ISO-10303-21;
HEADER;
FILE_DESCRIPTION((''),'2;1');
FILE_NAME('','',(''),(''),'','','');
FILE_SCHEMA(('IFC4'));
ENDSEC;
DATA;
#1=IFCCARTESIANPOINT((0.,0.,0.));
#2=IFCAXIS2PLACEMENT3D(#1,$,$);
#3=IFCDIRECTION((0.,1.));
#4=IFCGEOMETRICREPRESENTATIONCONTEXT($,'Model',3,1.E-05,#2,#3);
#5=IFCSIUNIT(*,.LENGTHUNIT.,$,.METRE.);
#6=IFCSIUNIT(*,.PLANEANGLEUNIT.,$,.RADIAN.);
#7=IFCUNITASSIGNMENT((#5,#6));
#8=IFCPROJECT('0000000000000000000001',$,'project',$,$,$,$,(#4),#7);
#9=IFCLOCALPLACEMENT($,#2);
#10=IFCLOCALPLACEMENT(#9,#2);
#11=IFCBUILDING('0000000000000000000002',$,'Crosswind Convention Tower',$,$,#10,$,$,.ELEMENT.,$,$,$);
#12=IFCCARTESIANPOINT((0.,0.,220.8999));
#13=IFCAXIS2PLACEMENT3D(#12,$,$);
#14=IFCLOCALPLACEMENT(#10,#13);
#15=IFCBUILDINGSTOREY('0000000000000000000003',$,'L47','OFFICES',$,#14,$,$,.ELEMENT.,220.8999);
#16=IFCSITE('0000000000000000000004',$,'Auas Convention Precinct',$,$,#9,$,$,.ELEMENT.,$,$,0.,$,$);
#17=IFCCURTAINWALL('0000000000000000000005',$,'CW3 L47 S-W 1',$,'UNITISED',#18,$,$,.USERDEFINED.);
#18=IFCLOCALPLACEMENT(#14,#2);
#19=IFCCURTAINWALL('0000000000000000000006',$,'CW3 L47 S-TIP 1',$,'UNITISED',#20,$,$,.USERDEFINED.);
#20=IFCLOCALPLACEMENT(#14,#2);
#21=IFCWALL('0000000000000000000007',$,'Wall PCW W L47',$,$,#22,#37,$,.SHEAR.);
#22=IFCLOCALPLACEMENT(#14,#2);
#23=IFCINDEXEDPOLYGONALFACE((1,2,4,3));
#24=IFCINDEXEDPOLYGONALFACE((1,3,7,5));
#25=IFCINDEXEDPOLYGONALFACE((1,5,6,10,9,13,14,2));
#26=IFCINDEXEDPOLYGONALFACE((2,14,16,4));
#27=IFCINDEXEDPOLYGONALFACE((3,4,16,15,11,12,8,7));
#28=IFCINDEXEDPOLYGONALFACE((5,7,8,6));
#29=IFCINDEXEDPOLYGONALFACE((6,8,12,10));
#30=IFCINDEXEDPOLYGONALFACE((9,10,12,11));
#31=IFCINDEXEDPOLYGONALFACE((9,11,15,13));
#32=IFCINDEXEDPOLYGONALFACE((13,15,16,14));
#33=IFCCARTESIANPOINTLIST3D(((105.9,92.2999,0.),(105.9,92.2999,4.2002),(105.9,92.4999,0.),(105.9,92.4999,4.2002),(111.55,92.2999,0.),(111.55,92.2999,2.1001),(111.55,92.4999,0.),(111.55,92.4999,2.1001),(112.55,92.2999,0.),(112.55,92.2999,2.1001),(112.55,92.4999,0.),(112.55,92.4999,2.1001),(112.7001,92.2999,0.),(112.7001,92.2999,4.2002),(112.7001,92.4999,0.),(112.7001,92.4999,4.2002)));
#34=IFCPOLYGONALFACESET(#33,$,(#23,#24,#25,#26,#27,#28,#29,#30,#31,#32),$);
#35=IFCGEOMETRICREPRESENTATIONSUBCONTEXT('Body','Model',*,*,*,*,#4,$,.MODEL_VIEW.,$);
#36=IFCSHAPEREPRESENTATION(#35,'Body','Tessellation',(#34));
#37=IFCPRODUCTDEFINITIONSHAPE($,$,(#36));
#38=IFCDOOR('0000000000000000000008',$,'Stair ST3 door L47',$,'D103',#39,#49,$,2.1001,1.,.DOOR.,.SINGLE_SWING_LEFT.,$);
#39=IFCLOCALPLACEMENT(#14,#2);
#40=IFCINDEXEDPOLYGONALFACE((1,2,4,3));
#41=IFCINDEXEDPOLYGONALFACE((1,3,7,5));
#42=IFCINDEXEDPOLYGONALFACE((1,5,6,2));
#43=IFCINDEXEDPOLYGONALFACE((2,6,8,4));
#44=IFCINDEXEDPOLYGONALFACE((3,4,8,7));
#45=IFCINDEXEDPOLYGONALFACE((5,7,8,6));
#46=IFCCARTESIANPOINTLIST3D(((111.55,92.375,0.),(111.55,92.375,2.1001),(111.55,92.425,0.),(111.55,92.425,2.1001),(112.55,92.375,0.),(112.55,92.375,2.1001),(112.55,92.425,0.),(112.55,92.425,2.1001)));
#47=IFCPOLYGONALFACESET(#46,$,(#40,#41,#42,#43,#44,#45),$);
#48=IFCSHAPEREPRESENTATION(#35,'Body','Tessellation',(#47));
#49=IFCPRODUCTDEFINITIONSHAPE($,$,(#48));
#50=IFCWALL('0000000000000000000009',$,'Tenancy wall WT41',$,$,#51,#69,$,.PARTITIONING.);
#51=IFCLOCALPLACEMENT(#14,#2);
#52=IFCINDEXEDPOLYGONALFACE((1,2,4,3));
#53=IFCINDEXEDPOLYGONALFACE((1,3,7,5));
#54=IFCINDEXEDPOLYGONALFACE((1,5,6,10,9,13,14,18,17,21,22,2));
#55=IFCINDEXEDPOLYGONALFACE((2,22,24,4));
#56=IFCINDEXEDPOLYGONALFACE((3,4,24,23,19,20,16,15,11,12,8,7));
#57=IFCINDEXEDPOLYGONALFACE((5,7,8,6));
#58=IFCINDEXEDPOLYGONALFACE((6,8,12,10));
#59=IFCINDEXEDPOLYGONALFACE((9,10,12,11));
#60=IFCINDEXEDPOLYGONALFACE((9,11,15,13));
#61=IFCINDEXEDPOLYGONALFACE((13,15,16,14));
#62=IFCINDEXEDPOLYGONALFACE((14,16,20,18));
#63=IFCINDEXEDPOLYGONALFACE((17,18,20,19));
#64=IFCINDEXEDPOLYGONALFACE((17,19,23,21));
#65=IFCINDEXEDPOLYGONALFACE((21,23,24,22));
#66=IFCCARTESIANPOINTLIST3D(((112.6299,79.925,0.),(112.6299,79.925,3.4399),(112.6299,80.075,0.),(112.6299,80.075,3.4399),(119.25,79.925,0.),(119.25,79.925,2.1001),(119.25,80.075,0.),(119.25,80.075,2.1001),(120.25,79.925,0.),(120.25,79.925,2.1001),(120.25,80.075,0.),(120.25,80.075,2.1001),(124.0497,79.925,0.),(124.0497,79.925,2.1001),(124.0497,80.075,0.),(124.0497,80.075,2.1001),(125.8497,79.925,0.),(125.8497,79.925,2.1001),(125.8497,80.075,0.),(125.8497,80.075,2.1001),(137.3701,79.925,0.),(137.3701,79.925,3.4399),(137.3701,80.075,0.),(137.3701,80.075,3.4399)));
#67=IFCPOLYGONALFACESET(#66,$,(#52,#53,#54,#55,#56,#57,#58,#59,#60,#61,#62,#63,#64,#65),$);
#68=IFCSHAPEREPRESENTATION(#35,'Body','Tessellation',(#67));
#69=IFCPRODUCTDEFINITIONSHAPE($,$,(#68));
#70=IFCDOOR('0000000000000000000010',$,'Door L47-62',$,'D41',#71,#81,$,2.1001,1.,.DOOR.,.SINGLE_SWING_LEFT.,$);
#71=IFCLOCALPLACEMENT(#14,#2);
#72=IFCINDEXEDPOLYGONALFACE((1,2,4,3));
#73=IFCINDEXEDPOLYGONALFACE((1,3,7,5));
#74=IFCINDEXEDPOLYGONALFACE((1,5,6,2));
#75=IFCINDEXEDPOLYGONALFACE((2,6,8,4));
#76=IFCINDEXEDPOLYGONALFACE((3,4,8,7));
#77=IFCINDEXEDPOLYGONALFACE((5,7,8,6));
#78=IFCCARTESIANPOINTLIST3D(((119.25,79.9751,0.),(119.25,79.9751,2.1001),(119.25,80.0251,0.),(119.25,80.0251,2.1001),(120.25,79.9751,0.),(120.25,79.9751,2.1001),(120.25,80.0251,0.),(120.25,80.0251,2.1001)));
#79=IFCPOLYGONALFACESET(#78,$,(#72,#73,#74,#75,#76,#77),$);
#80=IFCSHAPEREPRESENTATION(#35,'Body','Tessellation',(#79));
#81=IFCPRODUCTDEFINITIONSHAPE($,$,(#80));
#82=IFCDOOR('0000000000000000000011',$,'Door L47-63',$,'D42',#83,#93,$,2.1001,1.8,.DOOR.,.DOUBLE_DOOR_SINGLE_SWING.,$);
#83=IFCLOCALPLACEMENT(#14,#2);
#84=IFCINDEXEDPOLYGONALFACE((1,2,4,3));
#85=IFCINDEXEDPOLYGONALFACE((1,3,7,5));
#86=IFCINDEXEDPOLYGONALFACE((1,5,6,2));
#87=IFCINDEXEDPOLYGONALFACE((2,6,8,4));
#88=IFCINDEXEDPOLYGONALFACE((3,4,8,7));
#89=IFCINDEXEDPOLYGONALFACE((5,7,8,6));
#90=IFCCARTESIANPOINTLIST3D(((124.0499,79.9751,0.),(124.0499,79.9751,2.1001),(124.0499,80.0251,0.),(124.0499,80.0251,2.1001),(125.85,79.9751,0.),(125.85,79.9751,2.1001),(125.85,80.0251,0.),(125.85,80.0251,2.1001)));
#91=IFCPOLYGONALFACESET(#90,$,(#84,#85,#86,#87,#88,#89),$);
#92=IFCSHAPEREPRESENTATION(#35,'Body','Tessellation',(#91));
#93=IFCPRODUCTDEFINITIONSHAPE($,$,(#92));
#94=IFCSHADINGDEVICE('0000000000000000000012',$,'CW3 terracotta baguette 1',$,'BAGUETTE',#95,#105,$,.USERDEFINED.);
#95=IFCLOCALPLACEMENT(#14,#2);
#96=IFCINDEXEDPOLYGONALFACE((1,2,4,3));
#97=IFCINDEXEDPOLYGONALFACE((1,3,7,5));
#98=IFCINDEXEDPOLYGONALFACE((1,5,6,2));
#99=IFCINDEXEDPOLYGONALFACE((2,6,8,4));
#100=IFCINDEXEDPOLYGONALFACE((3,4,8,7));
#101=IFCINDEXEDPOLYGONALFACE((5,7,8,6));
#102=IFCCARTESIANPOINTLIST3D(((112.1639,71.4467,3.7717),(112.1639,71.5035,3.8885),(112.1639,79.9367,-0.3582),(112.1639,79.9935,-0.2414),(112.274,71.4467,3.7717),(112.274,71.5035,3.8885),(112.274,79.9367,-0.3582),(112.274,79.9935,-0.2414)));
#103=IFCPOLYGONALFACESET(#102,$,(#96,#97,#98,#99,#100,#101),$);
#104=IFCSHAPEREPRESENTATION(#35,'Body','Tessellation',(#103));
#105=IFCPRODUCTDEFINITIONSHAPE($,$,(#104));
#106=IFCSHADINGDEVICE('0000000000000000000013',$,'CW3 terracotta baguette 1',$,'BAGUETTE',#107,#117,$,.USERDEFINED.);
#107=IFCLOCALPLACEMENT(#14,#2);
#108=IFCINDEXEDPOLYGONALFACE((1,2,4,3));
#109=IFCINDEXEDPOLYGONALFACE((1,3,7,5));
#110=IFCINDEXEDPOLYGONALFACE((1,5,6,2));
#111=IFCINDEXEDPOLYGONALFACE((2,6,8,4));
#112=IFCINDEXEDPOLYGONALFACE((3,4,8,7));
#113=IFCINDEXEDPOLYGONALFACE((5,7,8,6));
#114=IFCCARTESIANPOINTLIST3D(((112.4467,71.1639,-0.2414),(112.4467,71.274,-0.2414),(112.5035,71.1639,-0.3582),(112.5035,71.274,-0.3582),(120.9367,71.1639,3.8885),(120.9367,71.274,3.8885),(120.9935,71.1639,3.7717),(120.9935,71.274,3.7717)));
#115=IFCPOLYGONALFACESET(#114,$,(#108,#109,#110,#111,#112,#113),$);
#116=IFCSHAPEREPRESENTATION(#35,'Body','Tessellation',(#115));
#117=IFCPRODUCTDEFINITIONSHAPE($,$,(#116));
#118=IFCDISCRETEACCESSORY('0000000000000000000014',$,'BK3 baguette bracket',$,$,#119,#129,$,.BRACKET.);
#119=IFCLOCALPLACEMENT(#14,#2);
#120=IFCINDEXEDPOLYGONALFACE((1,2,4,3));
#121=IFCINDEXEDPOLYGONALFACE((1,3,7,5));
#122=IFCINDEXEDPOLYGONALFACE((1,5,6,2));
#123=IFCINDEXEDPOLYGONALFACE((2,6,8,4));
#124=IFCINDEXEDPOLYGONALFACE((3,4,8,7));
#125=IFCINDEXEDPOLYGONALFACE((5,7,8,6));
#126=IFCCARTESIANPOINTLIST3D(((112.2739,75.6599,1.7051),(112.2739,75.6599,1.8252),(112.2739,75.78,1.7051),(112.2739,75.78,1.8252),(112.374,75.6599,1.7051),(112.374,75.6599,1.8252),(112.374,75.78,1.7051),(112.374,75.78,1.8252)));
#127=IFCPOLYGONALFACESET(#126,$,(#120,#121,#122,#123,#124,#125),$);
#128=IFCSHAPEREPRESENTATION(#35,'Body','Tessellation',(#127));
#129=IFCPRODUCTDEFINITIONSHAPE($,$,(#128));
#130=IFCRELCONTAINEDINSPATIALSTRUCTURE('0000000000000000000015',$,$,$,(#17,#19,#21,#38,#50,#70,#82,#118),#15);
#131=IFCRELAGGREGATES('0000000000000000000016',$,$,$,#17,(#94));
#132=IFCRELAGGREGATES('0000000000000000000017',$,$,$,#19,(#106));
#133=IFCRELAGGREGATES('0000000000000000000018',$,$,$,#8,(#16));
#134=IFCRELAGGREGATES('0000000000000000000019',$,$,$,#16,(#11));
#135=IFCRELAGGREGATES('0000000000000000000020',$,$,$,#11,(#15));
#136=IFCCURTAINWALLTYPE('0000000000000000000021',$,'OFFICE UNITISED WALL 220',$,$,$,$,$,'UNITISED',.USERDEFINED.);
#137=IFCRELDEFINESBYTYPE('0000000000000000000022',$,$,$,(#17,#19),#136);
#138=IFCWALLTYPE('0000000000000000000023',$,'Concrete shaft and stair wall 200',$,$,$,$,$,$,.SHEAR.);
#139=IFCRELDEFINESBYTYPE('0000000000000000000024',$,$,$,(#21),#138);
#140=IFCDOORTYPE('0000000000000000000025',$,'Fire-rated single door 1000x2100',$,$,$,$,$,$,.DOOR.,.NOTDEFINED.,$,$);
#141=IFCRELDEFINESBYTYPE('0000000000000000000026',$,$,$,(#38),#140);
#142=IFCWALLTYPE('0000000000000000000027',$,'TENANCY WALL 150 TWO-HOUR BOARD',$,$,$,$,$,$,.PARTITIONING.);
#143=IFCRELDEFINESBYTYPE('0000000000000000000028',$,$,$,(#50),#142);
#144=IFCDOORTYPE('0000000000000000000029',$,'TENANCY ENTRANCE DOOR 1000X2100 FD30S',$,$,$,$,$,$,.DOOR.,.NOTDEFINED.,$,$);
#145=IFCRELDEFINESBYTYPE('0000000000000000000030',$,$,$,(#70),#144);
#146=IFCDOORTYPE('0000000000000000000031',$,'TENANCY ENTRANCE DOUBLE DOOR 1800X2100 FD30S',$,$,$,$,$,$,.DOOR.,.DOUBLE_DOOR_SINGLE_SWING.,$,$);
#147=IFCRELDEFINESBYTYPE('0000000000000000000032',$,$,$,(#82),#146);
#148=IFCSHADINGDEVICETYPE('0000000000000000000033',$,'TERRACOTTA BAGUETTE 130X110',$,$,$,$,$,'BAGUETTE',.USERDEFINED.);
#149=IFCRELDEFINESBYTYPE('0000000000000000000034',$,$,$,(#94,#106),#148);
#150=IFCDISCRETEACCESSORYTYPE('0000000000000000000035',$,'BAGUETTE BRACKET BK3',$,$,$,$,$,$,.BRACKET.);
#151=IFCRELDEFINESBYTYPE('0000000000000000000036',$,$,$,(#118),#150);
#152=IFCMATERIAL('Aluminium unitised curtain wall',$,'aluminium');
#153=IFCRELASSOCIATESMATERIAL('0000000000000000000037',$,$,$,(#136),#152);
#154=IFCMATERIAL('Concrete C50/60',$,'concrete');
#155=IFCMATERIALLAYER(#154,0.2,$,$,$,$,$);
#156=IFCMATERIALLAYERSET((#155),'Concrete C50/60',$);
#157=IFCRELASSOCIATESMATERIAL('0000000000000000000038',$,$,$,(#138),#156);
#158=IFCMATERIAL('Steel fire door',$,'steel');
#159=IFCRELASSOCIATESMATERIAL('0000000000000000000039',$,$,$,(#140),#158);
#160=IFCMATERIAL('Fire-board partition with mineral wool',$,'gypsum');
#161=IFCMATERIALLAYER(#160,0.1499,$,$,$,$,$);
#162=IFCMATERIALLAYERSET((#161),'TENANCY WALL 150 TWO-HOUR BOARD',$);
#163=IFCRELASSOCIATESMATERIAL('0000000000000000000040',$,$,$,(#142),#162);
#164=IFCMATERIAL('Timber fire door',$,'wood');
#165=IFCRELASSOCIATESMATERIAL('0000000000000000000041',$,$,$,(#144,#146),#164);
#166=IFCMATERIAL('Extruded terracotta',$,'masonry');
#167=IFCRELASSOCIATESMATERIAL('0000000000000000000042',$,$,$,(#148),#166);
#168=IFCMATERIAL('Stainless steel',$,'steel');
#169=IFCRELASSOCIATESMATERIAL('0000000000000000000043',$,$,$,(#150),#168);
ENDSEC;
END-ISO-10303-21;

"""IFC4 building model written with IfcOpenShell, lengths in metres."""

from ifc_helpers import new_model, si_unit, direction, frame, frame_2d, origin, origin_2d, place, context, subcontext, project, spatial, rectangle, extrude, material, layer, layer_set, material_profile, profile_set, type_object, element, fill, aggregate, save


model = new_model("IFC4")

# Units and contexts
model_context = context("Model", 3, precision=1e-05, world=origin(), true_north=direction((0.0, 1.0)))
body_context = subcontext(model_context, "Body", "Model", "MODEL_VIEW")
ifc_project = project(units=[si_unit("LENGTHUNIT", "METRE"), si_unit("PLANEANGLEUNIT", "RADIAN")], contexts=[model_context])

# Site, building, storey
site_placement = place(None, origin())
site = spatial("IfcSite", under=ifc_project, at=site_placement, Name="Auas Convention Precinct", CompositionType="ELEMENT", RefElevation=0.0)
building_placement = place(site_placement, origin())
building = spatial("IfcBuilding", under=site, at=building_placement, Name="Crosswind Convention Tower", CompositionType="ELEMENT")
storey_placement = place(building_placement, frame((0.0, 0.0, 220.8999)))
storey = spatial("IfcBuildingStorey", under=building, at=storey_placement, Name="L47", Description="OFFICES", CompositionType="ELEMENT", Elevation=220.8999)

# Curtain wall
ifc_material_1 = material(Name="Aluminium unitised curtain wall", Category="aluminium")
curtain_wall_type_1 = type_object("IfcCurtainWallType", Name="OFFICE UNITISED WALL 220", ElementType="UNITISED", PredefinedType="USERDEFINED", material=ifc_material_1)
curtain_wall_1_placement = place(storey_placement, origin())
curtain_wall_1 = element("IfcCurtainWall", 1, at=curtain_wall_1_placement, inside=storey, type_object=curtain_wall_type_1, Name="CW3 L47 S-W 1", ObjectType="UNITISED", PredefinedType="USERDEFINED")

# Curtain wall
curtain_wall_2_placement = place(storey_placement, origin())
curtain_wall_2 = element("IfcCurtainWall", 2, at=curtain_wall_2_placement, inside=storey, type_object=curtain_wall_type_1, Name="CW3 L47 S-TIP 1", ObjectType="UNITISED", PredefinedType="USERDEFINED")

# Wall, opening, door
ifc_material_2 = material(Name="Concrete C50/60", Category="concrete")
ifc_layer_1 = layer(ifc_material_2, 0.2)
ifc_layer_set_1 = layer_set([ifc_layer_1], Name="Concrete C50/60")
wall_type_1 = type_object("IfcWallType", Name="Concrete shaft and stair wall 200", PredefinedType="SHEAR", material=ifc_layer_set_1)
ifc_material_3 = material(Name="Steel fire door", Category="steel")
wall_1_placement = place(storey_placement, frame((112.7, 92.3999, 0.0), z_axis=(0.0, 0.0, 1.0), x_axis=(-1.0, 0.0, 0.0)))
wall_1 = element("IfcWall", 3, at=wall_1_placement, inside=storey, type_object=wall_type_1, Name="Wall PCW W L47", PredefinedType="SHEAR", context=body_context, shape_type="SweptSolid", body=[
    extrude(rectangle(XDim=6.8, YDim=0.2, at=frame_2d((3.3999, 0.0))), origin(), (0.0, 0.0, 1.0), 4.2002),
])
opening_1_placement = place(wall_1_placement, frame((0.1499, 0.0, 0.0)))
opening_1 = element("IfcOpeningElement", 4, at=opening_1_placement, cuts=wall_1, PredefinedType="OPENING", context=body_context, shape_type="SweptSolid", body=[
    extrude(rectangle(XDim=1.0, YDim=2.1001, at=frame_2d((0.5, 1.05))), frame((0.0, 0.1099, 0.0), z_axis=(0.0, -1.0, 0.0), x_axis=(1.0, 0.0, 0.0)), (0.0, 0.0, 1.0), 0.22),
])
door_type_1 = type_object("IfcDoorType", Name="Fire-rated single door 1000x2100", OperationType="NOTDEFINED", PredefinedType="DOOR", material=ifc_material_3)
door_1_placement = place(opening_1_placement, origin())
door_1 = element("IfcDoor", 5, at=door_1_placement, inside=storey, type_object=door_type_1, Name="Stair ST3 door L47", ObjectType="D103", OperationType="SINGLE_SWING_LEFT", OverallHeight=2.1001, OverallWidth=1.0, PredefinedType="DOOR", context=body_context, shape_type="SweptSolid", body=[
    extrude(rectangle(XDim=1.0, YDim=2.1001, at=frame_2d((0.5, 1.05))), frame((0.0, 0.0249, 0.0), z_axis=(0.0, -1.0, 0.0), x_axis=(1.0, 0.0, 0.0)), (0.0, 0.0, 1.0), 0.05),
])
fill(opening_1, door_1)

# Wall, openings, doors
ifc_material_4 = material(Name="Fire-board partition with mineral wool", Category="gypsum")
ifc_layer_2 = layer(ifc_material_4, 0.1499)
ifc_layer_set_2 = layer_set([ifc_layer_2], Name="TENANCY WALL 150 TWO-HOUR BOARD")
wall_type_2 = type_object("IfcWallType", Name="TENANCY WALL 150 TWO-HOUR BOARD", PredefinedType="PARTITIONING", material=ifc_layer_set_2)
wall_2_placement = place(storey_placement, frame((112.6299, 80.0, 0.0), z_axis=(0.0, 0.0, 1.0), x_axis=(1.0, 0.0, 0.0)))
wall_2 = element("IfcWall", 6, at=wall_2_placement, inside=storey, type_object=wall_type_2, Name="Tenancy wall WT41", PredefinedType="PARTITIONING", context=body_context, shape_type="SweptSolid", body=[
    extrude(rectangle(XDim=24.7402, YDim=0.1499, at=frame_2d((12.3701, 0.0))), origin(), (0.0, 0.0, 1.0), 3.4399),
])
opening_2_placement = place(wall_2_placement, frame((6.6201, 0.0, 0.0)))
opening_2 = element("IfcOpeningElement", 7, at=opening_2_placement, cuts=wall_2, PredefinedType="OPENING", context=body_context, shape_type="SweptSolid", body=[
    extrude(rectangle(XDim=1.0, YDim=2.1001, at=frame_2d((0.5, 1.05))), frame((0.0, 0.085, 0.0), z_axis=(0.0, -1.0, 0.0), x_axis=(1.0, 0.0, 0.0)), (0.0, 0.0, 1.0), 0.1699),
])
opening_3_placement = place(wall_2_placement, frame((11.4199, 0.0, 0.0)))
opening_3 = element("IfcOpeningElement", 8, at=opening_3_placement, cuts=wall_2, PredefinedType="OPENING", context=body_context, shape_type="SweptSolid", body=[
    extrude(rectangle(XDim=1.8, YDim=2.1001, at=frame_2d((0.8999, 1.05))), frame((0.0, 0.085, 0.0), z_axis=(0.0, -1.0, 0.0), x_axis=(1.0, 0.0, 0.0)), (0.0, 0.0, 1.0), 0.1699),
])
ifc_material_5 = material(Name="Timber fire door", Category="wood")
door_type_2 = type_object("IfcDoorType", Name="TENANCY ENTRANCE DOOR 1000X2100 FD30S", OperationType="NOTDEFINED", PredefinedType="DOOR", material=ifc_material_5)
door_2_placement = place(opening_2_placement, frame((1.0, 0.0, 0.0), z_axis=(0.0, 0.0, 1.0), x_axis=(-1.0, 0.0, 0.0)))
door_2 = element("IfcDoor", 9, at=door_2_placement, inside=storey, type_object=door_type_2, Name="Door L47-62", ObjectType="D41", OperationType="SINGLE_SWING_LEFT", OverallHeight=2.1001, OverallWidth=1.0, PredefinedType="DOOR", context=body_context, shape_type="SweptSolid", body=[
    extrude(rectangle(XDim=1.0, YDim=2.1001, at=frame_2d((0.5, 1.05))), frame((0.0, 0.0249, 0.0), z_axis=(0.0, -1.0, 0.0), x_axis=(1.0, 0.0, 0.0)), (0.0, 0.0, 1.0), 0.05),
])
fill(opening_2, door_2)
door_type_3 = type_object("IfcDoorType", Name="TENANCY ENTRANCE DOUBLE DOOR 1800X2100 FD30S", OperationType="DOUBLE_DOOR_SINGLE_SWING", PredefinedType="DOOR", material=ifc_material_5)
door_3_placement = place(opening_3_placement, frame((1.8, 0.0, 0.0), z_axis=(0.0, 0.0, 1.0), x_axis=(-1.0, 0.0, 0.0)))
door_3 = element("IfcDoor", 10, at=door_3_placement, inside=storey, type_object=door_type_3, Name="Door L47-63", ObjectType="D42", OperationType="DOUBLE_DOOR_SINGLE_SWING", OverallHeight=2.1001, OverallWidth=1.8, PredefinedType="DOOR", context=body_context, shape_type="SweptSolid", body=[
    extrude(rectangle(XDim=1.8, YDim=2.1001, at=frame_2d((0.8999, 1.05))), frame((0.0, 0.0249, 0.0), z_axis=(0.0, -1.0, 0.0), x_axis=(1.0, 0.0, 0.0)), (0.0, 0.0, 1.0), 0.05),
])
fill(opening_3, door_3)

# Shading devices
ifc_material_6 = material(Name="Extruded terracotta", Category="masonry")
ifc_material_profile_1 = material_profile(ifc_material_6, rectangle(XDim=0.1101, YDim=0.1299, at=origin_2d()), Name="TC 110X130")
ifc_profile_set_1 = profile_set([ifc_material_profile_1], Name="Extruded terracotta")
shading_device_type = type_object("IfcShadingDeviceType", Name="TERRACOTTA BAGUETTE 130X110", ElementType="BAGUETTE", PredefinedType="USERDEFINED", material=ifc_profile_set_1)
shading_device_1_placement = place(storey_placement, frame((112.219, 79.9651, -0.2998), z_axis=(0.0, -0.899251, 0.437433), x_axis=(1.0, 0.0, 0.0)))
shading_device_1 = element("IfcShadingDevice", 11, at=shading_device_1_placement, type_object=shading_device_type, Name="CW3 terracotta baguette 1", ObjectType="BAGUETTE", PredefinedType="USERDEFINED", context=body_context, shape_type="SweptSolid", body=[
    extrude(rectangle(XDim=0.1101, YDim=0.1299, at=origin_2d()), origin(), (0.0, 0.0, 1.0), 9.4412),
])
aggregate(curtain_wall_1, [shading_device_1])
shading_device_2_placement = place(storey_placement, frame((112.4751, 71.219, -0.2998), z_axis=(0.899251, 0.0, 0.437433), x_axis=(0.0, 1.0, 0.0)))
shading_device_2 = element("IfcShadingDevice", 12, at=shading_device_2_placement, type_object=shading_device_type, Name="CW3 terracotta baguette 1", ObjectType="BAGUETTE", PredefinedType="USERDEFINED", context=body_context, shape_type="SweptSolid", body=[
    extrude(rectangle(XDim=0.1101, YDim=0.1299, at=origin_2d()), origin(), (0.0, 0.0, 1.0), 9.4412),
])
aggregate(curtain_wall_2, [shading_device_2])

# Discrete accessory
ifc_material_7 = material(Name="Stainless steel", Category="steel")
discrete_accessory_type = type_object("IfcDiscreteAccessoryType", Name="BAGUETTE BRACKET BK3", PredefinedType="BRACKET", material=ifc_material_7)
discrete_accessory_placement = place(storey_placement, frame((112.324, 75.72, 1.7051), z_axis=(0.0, 0.0, 1.0), x_axis=(0.0, -1.0, 0.0)))
element("IfcDiscreteAccessory", 13, at=discrete_accessory_placement, inside=storey, type_object=discrete_accessory_type, Name="BK3 baguette bracket", PredefinedType="BRACKET", context=body_context, shape_type="SweptSolid", body=[
    extrude(rectangle(XDim=0.1201, YDim=0.1001, at=origin_2d()), origin(), (0.0, 0.0, 1.0), 0.1201),
])

save(model, "model.ifc")
